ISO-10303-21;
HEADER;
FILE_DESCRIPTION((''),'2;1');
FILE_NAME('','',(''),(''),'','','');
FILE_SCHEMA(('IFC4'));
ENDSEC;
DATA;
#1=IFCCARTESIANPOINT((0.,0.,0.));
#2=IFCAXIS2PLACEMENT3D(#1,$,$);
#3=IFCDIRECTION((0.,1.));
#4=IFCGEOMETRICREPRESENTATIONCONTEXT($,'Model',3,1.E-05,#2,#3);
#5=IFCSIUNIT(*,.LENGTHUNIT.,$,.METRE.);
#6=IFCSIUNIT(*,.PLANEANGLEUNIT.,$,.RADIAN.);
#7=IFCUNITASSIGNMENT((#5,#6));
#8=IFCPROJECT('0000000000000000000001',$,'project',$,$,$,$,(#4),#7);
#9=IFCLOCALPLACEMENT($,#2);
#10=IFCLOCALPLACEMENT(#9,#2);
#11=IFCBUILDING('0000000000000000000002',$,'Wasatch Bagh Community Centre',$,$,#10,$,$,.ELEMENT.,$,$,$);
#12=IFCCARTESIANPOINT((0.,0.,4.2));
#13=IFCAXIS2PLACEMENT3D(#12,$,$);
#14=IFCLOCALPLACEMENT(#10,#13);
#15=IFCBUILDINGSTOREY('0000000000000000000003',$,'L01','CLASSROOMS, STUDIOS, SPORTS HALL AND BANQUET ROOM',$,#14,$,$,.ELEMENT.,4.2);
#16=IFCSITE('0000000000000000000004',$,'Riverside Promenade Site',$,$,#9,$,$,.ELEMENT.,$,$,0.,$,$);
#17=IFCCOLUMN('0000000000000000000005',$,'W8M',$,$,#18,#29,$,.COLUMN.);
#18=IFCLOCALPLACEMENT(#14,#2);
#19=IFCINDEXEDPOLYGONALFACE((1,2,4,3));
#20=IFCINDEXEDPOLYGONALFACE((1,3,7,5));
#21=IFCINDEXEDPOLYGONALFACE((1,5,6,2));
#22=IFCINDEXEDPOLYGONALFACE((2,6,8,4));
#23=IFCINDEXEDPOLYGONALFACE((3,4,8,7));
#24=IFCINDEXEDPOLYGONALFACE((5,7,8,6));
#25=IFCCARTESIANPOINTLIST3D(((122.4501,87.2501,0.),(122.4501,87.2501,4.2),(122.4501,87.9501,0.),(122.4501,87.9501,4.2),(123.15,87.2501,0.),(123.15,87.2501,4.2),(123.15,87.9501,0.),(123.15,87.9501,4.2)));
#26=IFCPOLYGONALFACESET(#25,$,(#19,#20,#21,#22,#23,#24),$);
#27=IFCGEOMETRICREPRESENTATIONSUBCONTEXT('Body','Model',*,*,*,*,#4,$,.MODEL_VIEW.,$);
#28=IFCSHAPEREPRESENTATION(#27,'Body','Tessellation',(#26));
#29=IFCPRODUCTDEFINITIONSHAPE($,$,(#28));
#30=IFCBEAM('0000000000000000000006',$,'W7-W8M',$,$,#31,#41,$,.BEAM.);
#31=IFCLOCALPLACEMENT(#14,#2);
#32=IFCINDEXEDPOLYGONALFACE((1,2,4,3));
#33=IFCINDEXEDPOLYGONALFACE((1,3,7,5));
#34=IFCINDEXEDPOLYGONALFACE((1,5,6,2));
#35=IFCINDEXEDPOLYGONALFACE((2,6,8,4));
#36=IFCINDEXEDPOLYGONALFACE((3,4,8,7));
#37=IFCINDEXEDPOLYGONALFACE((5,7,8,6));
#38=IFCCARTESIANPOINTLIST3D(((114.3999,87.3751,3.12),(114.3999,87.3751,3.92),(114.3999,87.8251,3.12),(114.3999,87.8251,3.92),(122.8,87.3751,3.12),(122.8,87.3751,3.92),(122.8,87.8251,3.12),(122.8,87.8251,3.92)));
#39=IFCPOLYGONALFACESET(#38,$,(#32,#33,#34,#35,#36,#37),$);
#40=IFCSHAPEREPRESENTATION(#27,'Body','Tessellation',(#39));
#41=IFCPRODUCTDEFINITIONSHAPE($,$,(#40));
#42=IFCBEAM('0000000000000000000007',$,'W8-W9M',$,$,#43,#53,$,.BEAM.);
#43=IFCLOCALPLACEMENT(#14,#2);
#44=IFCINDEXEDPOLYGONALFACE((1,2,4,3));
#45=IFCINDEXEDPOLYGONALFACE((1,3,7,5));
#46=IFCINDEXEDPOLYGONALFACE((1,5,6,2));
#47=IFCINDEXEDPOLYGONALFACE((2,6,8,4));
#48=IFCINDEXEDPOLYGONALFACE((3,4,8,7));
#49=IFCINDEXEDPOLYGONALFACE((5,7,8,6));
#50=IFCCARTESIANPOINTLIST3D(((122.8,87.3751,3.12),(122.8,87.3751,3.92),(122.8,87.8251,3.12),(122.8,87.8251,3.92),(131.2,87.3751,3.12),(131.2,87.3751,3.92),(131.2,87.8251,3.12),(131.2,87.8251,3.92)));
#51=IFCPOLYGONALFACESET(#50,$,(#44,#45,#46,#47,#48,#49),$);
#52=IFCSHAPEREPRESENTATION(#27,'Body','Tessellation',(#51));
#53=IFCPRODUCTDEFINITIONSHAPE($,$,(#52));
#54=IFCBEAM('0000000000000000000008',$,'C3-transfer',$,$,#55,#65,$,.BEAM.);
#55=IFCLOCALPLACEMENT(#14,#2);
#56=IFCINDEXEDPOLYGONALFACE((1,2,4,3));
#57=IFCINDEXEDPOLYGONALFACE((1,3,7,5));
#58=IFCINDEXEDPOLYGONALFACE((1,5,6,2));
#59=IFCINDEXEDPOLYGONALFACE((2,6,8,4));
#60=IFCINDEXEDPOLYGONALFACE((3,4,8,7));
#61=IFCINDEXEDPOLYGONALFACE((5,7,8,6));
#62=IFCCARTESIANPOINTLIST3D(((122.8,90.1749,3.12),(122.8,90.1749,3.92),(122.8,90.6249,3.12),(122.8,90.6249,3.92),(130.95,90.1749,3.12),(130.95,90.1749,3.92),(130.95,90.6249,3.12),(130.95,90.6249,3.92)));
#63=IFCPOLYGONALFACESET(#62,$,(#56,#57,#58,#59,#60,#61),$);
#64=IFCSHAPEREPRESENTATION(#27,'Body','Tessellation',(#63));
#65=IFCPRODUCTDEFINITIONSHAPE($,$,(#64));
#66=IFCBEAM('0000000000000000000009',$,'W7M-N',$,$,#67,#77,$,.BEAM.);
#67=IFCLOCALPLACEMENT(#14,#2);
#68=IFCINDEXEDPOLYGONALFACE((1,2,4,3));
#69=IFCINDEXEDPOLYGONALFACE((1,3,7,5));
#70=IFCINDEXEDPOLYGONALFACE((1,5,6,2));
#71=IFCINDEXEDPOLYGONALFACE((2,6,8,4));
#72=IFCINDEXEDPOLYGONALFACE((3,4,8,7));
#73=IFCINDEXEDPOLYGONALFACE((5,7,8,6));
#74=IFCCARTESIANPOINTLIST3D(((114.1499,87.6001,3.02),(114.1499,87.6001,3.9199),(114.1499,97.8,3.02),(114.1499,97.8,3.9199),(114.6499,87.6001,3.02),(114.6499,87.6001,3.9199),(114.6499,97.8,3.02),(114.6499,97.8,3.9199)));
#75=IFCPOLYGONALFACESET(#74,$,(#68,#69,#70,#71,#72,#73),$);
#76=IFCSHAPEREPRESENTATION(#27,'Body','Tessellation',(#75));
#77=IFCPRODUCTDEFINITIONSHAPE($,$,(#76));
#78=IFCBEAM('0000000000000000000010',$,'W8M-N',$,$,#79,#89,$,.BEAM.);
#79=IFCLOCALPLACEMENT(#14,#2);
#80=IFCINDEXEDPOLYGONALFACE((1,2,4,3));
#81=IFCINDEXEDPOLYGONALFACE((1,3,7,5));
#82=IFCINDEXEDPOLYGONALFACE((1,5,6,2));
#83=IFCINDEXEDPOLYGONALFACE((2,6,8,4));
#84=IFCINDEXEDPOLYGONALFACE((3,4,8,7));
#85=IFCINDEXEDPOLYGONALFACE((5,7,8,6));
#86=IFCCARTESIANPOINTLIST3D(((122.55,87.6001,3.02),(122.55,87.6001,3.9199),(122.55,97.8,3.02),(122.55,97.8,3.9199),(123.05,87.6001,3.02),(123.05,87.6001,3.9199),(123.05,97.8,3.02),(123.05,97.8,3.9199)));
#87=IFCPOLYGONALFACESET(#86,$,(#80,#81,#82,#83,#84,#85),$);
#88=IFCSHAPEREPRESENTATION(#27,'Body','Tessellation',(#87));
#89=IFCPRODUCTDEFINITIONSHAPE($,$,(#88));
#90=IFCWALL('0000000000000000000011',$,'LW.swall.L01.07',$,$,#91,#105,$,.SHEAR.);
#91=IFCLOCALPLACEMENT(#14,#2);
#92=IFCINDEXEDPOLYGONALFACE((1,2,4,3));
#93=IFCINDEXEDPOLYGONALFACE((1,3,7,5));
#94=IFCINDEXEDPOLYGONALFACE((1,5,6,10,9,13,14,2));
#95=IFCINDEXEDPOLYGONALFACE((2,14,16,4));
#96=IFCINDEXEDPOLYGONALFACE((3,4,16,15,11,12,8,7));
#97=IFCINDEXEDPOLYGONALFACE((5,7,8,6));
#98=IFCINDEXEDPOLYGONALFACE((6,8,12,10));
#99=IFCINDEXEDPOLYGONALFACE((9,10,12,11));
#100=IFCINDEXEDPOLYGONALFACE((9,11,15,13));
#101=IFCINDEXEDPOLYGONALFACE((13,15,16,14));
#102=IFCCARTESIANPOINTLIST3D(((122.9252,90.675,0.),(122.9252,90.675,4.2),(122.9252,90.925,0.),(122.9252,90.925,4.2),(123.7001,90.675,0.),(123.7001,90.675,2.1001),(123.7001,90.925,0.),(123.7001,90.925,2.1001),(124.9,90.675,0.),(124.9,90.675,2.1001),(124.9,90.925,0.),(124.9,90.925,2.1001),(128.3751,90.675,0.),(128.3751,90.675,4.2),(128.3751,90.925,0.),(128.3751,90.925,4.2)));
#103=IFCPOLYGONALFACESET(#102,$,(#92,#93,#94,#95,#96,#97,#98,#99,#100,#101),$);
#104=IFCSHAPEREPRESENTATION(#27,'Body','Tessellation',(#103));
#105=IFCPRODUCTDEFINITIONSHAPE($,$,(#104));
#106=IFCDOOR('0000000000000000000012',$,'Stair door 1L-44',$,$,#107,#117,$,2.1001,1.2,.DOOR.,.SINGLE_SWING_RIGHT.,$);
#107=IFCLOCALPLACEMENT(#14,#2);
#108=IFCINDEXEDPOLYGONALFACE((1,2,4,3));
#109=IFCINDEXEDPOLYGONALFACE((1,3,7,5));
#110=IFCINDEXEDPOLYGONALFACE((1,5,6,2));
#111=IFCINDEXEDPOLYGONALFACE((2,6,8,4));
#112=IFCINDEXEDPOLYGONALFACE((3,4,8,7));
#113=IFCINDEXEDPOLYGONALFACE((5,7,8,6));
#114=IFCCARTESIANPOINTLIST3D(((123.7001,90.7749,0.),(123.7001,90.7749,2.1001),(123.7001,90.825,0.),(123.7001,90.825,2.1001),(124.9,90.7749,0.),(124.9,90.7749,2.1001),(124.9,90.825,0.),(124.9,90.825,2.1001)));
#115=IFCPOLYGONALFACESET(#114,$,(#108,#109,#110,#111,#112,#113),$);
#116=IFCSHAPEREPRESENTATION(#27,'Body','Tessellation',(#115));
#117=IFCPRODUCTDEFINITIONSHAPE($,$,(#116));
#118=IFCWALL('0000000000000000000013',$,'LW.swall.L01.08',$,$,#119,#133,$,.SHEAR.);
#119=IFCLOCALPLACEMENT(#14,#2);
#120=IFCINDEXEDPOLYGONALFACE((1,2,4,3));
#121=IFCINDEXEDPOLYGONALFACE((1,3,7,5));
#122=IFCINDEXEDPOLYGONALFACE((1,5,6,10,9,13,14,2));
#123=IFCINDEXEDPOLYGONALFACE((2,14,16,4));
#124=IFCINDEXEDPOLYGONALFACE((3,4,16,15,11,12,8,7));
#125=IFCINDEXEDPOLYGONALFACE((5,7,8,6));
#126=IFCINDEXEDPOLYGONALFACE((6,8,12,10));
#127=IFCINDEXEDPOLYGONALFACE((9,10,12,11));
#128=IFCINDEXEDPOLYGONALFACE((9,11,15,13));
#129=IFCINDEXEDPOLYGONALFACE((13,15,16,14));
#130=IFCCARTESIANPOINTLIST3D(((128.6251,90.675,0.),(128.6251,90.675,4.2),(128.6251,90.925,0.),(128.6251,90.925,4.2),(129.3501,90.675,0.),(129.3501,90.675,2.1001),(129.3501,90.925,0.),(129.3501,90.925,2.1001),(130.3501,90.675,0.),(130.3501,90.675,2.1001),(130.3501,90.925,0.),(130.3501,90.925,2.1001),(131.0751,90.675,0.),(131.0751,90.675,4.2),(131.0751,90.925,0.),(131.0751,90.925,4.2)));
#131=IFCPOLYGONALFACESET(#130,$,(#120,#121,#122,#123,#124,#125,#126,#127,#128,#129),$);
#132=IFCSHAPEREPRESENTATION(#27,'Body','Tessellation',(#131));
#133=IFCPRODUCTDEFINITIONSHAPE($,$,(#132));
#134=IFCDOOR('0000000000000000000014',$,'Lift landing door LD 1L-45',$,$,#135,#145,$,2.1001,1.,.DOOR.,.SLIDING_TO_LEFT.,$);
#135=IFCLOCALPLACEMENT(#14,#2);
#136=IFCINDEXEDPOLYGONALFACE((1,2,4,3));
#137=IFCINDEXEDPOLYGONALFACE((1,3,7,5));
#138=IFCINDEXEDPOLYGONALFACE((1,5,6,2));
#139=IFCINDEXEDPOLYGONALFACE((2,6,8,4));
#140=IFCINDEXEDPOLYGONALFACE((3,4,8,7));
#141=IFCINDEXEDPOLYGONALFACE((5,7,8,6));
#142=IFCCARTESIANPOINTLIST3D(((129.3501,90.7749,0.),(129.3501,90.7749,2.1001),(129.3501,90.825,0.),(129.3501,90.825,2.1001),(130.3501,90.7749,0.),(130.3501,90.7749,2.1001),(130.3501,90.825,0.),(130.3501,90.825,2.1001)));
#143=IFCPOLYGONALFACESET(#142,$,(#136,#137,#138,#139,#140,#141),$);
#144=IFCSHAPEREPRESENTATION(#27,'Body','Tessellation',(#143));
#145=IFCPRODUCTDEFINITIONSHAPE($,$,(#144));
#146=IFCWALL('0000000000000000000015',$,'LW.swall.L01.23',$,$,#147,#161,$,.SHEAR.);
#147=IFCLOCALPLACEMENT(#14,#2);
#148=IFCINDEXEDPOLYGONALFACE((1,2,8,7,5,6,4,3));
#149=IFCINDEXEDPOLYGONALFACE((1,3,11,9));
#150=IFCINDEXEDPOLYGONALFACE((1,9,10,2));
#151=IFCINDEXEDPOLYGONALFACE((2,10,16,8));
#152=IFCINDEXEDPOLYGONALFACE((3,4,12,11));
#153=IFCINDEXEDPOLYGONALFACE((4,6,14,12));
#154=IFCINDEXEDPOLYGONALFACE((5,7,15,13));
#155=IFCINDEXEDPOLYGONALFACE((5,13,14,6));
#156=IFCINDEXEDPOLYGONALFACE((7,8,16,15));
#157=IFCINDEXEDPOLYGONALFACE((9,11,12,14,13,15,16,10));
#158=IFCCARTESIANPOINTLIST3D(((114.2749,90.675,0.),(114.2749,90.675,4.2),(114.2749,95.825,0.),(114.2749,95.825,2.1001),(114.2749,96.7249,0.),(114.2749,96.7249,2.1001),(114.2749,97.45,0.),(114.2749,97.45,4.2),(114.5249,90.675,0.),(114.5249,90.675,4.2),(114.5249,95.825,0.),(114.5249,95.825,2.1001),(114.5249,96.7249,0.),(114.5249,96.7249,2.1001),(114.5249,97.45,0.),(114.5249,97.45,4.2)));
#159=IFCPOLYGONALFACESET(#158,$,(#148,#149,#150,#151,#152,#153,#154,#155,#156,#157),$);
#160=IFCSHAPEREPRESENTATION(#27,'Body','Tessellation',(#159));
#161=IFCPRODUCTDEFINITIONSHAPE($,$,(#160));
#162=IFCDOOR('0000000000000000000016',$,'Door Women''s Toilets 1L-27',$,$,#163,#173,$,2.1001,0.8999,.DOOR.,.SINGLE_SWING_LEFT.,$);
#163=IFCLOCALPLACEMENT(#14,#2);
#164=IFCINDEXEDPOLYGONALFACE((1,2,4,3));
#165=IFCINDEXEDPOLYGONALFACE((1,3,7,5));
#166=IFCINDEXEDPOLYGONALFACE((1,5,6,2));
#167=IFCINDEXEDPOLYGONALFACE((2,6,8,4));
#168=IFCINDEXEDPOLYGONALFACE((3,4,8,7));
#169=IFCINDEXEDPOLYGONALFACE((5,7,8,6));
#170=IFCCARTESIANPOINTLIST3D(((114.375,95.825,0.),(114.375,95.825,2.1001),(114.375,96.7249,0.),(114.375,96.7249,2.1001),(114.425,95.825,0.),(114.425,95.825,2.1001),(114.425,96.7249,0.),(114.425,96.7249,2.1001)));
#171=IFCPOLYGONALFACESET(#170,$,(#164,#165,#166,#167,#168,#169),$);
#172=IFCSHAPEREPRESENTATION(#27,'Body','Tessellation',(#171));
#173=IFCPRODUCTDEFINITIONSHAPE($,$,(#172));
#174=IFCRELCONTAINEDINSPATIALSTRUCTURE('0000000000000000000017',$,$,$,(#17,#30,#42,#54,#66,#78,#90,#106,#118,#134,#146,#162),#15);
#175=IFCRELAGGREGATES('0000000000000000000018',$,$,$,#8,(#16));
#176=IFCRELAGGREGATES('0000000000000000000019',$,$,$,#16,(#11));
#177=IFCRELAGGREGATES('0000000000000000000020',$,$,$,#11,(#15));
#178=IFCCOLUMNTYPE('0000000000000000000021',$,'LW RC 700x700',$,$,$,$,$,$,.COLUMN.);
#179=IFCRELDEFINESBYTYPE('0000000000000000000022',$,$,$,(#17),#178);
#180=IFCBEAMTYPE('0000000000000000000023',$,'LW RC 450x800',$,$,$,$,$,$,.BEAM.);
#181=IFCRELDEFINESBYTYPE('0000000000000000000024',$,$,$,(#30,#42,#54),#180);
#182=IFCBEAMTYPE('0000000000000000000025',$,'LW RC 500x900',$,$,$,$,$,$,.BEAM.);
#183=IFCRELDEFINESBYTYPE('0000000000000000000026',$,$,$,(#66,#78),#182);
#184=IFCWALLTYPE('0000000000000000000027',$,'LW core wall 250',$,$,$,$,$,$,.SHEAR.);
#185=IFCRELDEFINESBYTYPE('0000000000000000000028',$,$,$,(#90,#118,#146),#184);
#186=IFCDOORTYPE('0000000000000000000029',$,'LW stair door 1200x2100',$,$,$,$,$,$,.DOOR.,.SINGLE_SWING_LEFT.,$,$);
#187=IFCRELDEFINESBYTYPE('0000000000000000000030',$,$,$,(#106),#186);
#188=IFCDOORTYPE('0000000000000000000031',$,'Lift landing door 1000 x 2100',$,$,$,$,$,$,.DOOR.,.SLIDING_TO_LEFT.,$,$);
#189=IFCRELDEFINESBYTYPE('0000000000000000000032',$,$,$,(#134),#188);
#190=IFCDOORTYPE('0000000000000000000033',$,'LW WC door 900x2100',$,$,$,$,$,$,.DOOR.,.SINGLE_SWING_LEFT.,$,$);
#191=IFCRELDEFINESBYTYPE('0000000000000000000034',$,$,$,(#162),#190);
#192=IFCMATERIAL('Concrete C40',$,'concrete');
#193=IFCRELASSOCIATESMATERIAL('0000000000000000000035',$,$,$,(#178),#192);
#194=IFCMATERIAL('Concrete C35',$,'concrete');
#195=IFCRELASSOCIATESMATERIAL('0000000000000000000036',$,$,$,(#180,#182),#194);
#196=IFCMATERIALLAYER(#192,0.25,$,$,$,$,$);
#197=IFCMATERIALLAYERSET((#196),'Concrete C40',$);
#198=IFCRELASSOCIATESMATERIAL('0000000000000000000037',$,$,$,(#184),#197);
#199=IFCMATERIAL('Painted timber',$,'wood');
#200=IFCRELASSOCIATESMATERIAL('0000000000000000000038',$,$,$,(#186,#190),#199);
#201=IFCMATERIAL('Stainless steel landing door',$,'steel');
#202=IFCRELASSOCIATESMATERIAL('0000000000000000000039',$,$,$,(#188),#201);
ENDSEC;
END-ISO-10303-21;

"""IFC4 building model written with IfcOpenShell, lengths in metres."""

from ifc_helpers import new_model, si_unit, direction, frame, frame_2d, origin, origin_2d, place, context, subcontext, project, spatial, rectangle, extrude, material, layer, layer_set, material_profile, profile_set, type_object, element, fill, save


model = new_model("IFC4")

# Units and contexts
model_context = context("Model", 3, precision=1e-05, world=origin(), true_north=direction((0.0, 1.0)))
body_context = subcontext(model_context, "Body", "Model", "MODEL_VIEW")
ifc_project = project(units=[si_unit("LENGTHUNIT", "METRE"), si_unit("PLANEANGLEUNIT", "RADIAN")], contexts=[model_context])

# Site, building, storey
site_placement = place(None, origin())
site = spatial("IfcSite", under=ifc_project, at=site_placement, Name="Riverside Promenade Site", CompositionType="ELEMENT", RefElevation=0.0)
building_placement = place(site_placement, origin())
building = spatial("IfcBuilding", under=site, at=building_placement, Name="Wasatch Bagh Community Centre", CompositionType="ELEMENT")
storey_placement = place(building_placement, frame((0.0, 0.0, 4.2)))
storey = spatial("IfcBuildingStorey", under=building, at=storey_placement, Name="L01", Description="CLASSROOMS, STUDIOS, SPORTS HALL AND BANQUET ROOM", CompositionType="ELEMENT", Elevation=4.2)

# Column
ifc_material_1 = material(Name="Concrete C40", Category="concrete")
ifc_material_profile_1 = material_profile(ifc_material_1, rectangle(XDim=0.7, YDim=0.7, at=origin_2d()), Name="RC 700x700")
ifc_profile_set_1 = profile_set([ifc_material_profile_1], Name="Concrete C40")
column_type = type_object("IfcColumnType", Name="LW RC 700x700", PredefinedType="COLUMN", material=ifc_profile_set_1)
column_placement = place(storey_placement, frame((122.8, 87.6001, 0.0), z_axis=(0.0, 0.0, 1.0), x_axis=(1.0, 0.0, 0.0)))
element("IfcColumn", 1, at=column_placement, inside=storey, type_object=column_type, Name="W8M", PredefinedType="COLUMN", context=body_context, shape_type="SweptSolid", body=[
    extrude(rectangle(XDim=0.7, YDim=0.7, at=origin_2d()), origin(), (0.0, 0.0, 1.0), 4.2),
])

# Beams
ifc_material_2 = material(Name="Concrete C35", Category="concrete")
ifc_material_profile_2 = material_profile(ifc_material_2, rectangle(XDim=0.45, YDim=0.8, at=origin_2d()), Name="RC 450x800")
ifc_profile_set_2 = profile_set([ifc_material_profile_2], Name="Concrete C35")
beam_type_1 = type_object("IfcBeamType", Name="LW RC 450x800", PredefinedType="BEAM", material=ifc_profile_set_2)
beam_1_placement = place(storey_placement, frame((114.3999, 87.6001, 3.52), z_axis=(1.0, 0.0, 0.0), x_axis=(0.0, 1.0, 0.0)))
element("IfcBeam", 2, at=beam_1_placement, inside=storey, type_object=beam_type_1, Name="W7-W8M", PredefinedType="BEAM", context=body_context, shape_type="SweptSolid", body=[
    extrude(rectangle(XDim=0.45, YDim=0.8, at=origin_2d()), origin(), (0.0, 0.0, 1.0), 8.4001),
])
beam_2_placement = place(storey_placement, frame((122.8, 87.6001, 3.52), z_axis=(1.0, 0.0, 0.0), x_axis=(0.0, 1.0, 0.0)))
element("IfcBeam", 3, at=beam_2_placement, inside=storey, type_object=beam_type_1, Name="W8-W9M", PredefinedType="BEAM", context=body_context, shape_type="SweptSolid", body=[
    extrude(rectangle(XDim=0.45, YDim=0.8, at=origin_2d()), origin(), (0.0, 0.0, 1.0), 8.3999),
])
beam_3_placement = place(storey_placement, frame((122.8, 90.3999, 3.52), z_axis=(1.0, 0.0, 0.0), x_axis=(0.0, 1.0, 0.0)))
element("IfcBeam", 4, at=beam_3_placement, inside=storey, type_object=beam_type_1, Name="C3-transfer", PredefinedType="BEAM", context=body_context, shape_type="SweptSolid", body=[
    extrude(rectangle(XDim=0.45, YDim=0.8, at=origin_2d()), origin(), (0.0, 0.0, 1.0), 8.1499),
])
ifc_material_profile_3 = material_profile(ifc_material_2, rectangle(XDim=0.5, YDim=0.8999, at=origin_2d()), Name="RC 500x900")
ifc_profile_set_3 = profile_set([ifc_material_profile_3], Name="Concrete C35")
beam_type_2 = type_object("IfcBeamType", Name="LW RC 500x900", PredefinedType="BEAM", material=ifc_profile_set_3)
for number, where, z_axis, x_axis, name in (
    (5, (114.3999, 87.6001, 3.47), (0.0, 1.0, 0.0), (-1.0, 0.0, 0.0), "W7M-N"),
    (6, (122.8, 87.6001, 3.47), (0.0, 1.0, 0.0), (-1.0, 0.0, 0.0), "W8M-N"),
):
    element("IfcBeam", number, at=place(storey_placement, frame(where, z_axis=z_axis, x_axis=x_axis)), inside=storey, type_object=beam_type_2, Name=name, PredefinedType="BEAM", context=body_context, shape_type="SweptSolid", body=[
        extrude(rectangle(XDim=0.5, YDim=0.8999, at=origin_2d()), origin(), (0.0, 0.0, 1.0), 10.2),
    ])

# Walls, openings, doors
ifc_layer_1 = layer(ifc_material_1, 0.25)
ifc_layer_set_1 = layer_set([ifc_layer_1], Name="Concrete C40")
wall_type_1 = type_object("IfcWallType", Name="LW core wall 250", PredefinedType="SHEAR", material=ifc_layer_set_1)
wall_1_placement = place(storey_placement, frame((122.925, 90.8, 0.0), z_axis=(0.0, 0.0, 1.0), x_axis=(1.0, 0.0, 0.0)))
wall_1 = element("IfcWall", 7, at=wall_1_placement, inside=storey, type_object=wall_type_1, Name="LW.swall.L01.07", PredefinedType="SHEAR", context=body_context, shape_type="SweptSolid", body=[
    extrude(rectangle(XDim=5.45, YDim=0.25, at=frame_2d((2.7251, 0.0))), origin(), (0.0, 0.0, 1.0), 4.2),
])
opening_1_placement = place(wall_1_placement, frame((0.7749, 0.0, 0.0)))
opening_1 = element("IfcOpeningElement", 8, at=opening_1_placement, cuts=wall_1, PredefinedType="OPENING", context=body_context, shape_type="SweptSolid", body=[
    extrude(rectangle(XDim=1.2, YDim=2.1001, at=frame_2d((0.6001, 1.05))), frame((0.0, 0.135, 0.0), z_axis=(0.0, -1.0, 0.0), x_axis=(1.0, 0.0, 0.0)), (0.0, 0.0, 1.0), 0.27),
])
ifc_material_3 = material(Name="Painted timber", Category="wood")
door_type_1 = type_object("IfcDoorType", Name="LW stair door 1200x2100", OperationType="SINGLE_SWING_LEFT", PredefinedType="DOOR", material=ifc_material_3)
door_1_placement = place(opening_1_placement, origin())
door_1 = element("IfcDoor", 9, at=door_1_placement, inside=storey, type_object=door_type_1, Name="Stair door 1L-44", OperationType="SINGLE_SWING_RIGHT", OverallHeight=2.1001, OverallWidth=1.2, PredefinedType="DOOR", context=body_context, shape_type="SweptSolid", body=[
    extrude(rectangle(XDim=1.2, YDim=2.1001, at=frame_2d((0.6001, 1.05))), frame((0.0, 0.0249, 0.0), z_axis=(0.0, -1.0, 0.0), x_axis=(1.0, 0.0, 0.0)), (0.0, 0.0, 1.0), 0.05),
])
fill(opening_1, door_1)
wall_2_placement = place(storey_placement, frame((128.625, 90.8, 0.0), z_axis=(0.0, 0.0, 1.0), x_axis=(1.0, 0.0, 0.0)))
wall_2 = element("IfcWall", 10, at=wall_2_placement, inside=storey, type_object=wall_type_1, Name="LW.swall.L01.08", PredefinedType="SHEAR", context=body_context, shape_type="SweptSolid", body=[
    extrude(rectangle(XDim=2.45, YDim=0.25, at=frame_2d((1.2251, 0.0))), origin(), (0.0, 0.0, 1.0), 4.2),
])
opening_2_placement = place(wall_2_placement, frame((0.7251, 0.0, 0.0)))
opening_2 = element("IfcOpeningElement", 11, at=opening_2_placement, cuts=wall_2, PredefinedType="OPENING", context=body_context, shape_type="SweptSolid", body=[
    extrude(rectangle(XDim=1.0, YDim=2.1001, at=frame_2d((0.5, 1.05))), frame((0.0, 0.135, 0.0), z_axis=(0.0, -1.0, 0.0), x_axis=(1.0, 0.0, 0.0)), (0.0, 0.0, 1.0), 0.27),
])
ifc_material_4 = material(Name="Stainless steel landing door", Category="steel")
door_type_2 = type_object("IfcDoorType", Name="Lift landing door 1000 x 2100", OperationType="SLIDING_TO_LEFT", PredefinedType="DOOR", material=ifc_material_4)
door_2_placement = place(opening_2_placement, origin())
door_2 = element("IfcDoor", 12, at=door_2_placement, inside=storey, type_object=door_type_2, Name="Lift landing door LD 1L-45", OperationType="SLIDING_TO_LEFT", OverallHeight=2.1001, OverallWidth=1.0, PredefinedType="DOOR", context=body_context, shape_type="SweptSolid", body=[
    extrude(rectangle(XDim=1.0, YDim=2.1001, at=frame_2d((0.5, 1.05))), frame((0.0, 0.0249, 0.0), z_axis=(0.0, -1.0, 0.0), x_axis=(1.0, 0.0, 0.0)), (0.0, 0.0, 1.0), 0.05),
])
fill(opening_2, door_2)
wall_3_placement = place(storey_placement, frame((114.3999, 90.675, 0.0), z_axis=(0.0, 0.0, 1.0), x_axis=(0.0, 1.0, 0.0)))
wall_3 = element("IfcWall", 13, at=wall_3_placement, inside=storey, type_object=wall_type_1, Name="LW.swall.L01.23", PredefinedType="SHEAR", context=body_context, shape_type="SweptSolid", body=[
    extrude(rectangle(XDim=6.7749, YDim=0.25, at=frame_2d((3.3875, 0.0))), origin(), (0.0, 0.0, 1.0), 4.2),
])
opening_3_placement = place(wall_3_placement, frame((5.1499, 0.0, 0.0)))
opening_3 = element("IfcOpeningElement", 14, at=opening_3_placement, cuts=wall_3, PredefinedType="OPENING", context=body_context, shape_type="SweptSolid", body=[
    extrude(rectangle(XDim=0.8999, YDim=2.1001, at=frame_2d((0.45, 1.05))), frame((0.0, 0.135, 0.0), z_axis=(0.0, -1.0, 0.0), x_axis=(1.0, 0.0, 0.0)), (0.0, 0.0, 1.0), 0.27),
])
door_type_3 = type_object("IfcDoorType", Name="LW WC door 900x2100", OperationType="SINGLE_SWING_LEFT", PredefinedType="DOOR", material=ifc_material_3)
door_3_placement = place(opening_3_placement, origin())
door_3 = element("IfcDoor", 15, at=door_3_placement, inside=storey, type_object=door_type_3, Name="Door Women's Toilets 1L-27", OperationType="SINGLE_SWING_LEFT", OverallHeight=2.1001, OverallWidth=0.8999, PredefinedType="DOOR", context=body_context, shape_type="SweptSolid", body=[
    extrude(rectangle(XDim=0.8999, YDim=2.1001, at=frame_2d((0.45, 1.05))), frame((0.0, 0.0249, 0.0), z_axis=(0.0, -1.0, 0.0), x_axis=(1.0, 0.0, 0.0)), (0.0, 0.0, 1.0), 0.05),
])
fill(opening_3, door_3)

save(model, "model.ifc")
